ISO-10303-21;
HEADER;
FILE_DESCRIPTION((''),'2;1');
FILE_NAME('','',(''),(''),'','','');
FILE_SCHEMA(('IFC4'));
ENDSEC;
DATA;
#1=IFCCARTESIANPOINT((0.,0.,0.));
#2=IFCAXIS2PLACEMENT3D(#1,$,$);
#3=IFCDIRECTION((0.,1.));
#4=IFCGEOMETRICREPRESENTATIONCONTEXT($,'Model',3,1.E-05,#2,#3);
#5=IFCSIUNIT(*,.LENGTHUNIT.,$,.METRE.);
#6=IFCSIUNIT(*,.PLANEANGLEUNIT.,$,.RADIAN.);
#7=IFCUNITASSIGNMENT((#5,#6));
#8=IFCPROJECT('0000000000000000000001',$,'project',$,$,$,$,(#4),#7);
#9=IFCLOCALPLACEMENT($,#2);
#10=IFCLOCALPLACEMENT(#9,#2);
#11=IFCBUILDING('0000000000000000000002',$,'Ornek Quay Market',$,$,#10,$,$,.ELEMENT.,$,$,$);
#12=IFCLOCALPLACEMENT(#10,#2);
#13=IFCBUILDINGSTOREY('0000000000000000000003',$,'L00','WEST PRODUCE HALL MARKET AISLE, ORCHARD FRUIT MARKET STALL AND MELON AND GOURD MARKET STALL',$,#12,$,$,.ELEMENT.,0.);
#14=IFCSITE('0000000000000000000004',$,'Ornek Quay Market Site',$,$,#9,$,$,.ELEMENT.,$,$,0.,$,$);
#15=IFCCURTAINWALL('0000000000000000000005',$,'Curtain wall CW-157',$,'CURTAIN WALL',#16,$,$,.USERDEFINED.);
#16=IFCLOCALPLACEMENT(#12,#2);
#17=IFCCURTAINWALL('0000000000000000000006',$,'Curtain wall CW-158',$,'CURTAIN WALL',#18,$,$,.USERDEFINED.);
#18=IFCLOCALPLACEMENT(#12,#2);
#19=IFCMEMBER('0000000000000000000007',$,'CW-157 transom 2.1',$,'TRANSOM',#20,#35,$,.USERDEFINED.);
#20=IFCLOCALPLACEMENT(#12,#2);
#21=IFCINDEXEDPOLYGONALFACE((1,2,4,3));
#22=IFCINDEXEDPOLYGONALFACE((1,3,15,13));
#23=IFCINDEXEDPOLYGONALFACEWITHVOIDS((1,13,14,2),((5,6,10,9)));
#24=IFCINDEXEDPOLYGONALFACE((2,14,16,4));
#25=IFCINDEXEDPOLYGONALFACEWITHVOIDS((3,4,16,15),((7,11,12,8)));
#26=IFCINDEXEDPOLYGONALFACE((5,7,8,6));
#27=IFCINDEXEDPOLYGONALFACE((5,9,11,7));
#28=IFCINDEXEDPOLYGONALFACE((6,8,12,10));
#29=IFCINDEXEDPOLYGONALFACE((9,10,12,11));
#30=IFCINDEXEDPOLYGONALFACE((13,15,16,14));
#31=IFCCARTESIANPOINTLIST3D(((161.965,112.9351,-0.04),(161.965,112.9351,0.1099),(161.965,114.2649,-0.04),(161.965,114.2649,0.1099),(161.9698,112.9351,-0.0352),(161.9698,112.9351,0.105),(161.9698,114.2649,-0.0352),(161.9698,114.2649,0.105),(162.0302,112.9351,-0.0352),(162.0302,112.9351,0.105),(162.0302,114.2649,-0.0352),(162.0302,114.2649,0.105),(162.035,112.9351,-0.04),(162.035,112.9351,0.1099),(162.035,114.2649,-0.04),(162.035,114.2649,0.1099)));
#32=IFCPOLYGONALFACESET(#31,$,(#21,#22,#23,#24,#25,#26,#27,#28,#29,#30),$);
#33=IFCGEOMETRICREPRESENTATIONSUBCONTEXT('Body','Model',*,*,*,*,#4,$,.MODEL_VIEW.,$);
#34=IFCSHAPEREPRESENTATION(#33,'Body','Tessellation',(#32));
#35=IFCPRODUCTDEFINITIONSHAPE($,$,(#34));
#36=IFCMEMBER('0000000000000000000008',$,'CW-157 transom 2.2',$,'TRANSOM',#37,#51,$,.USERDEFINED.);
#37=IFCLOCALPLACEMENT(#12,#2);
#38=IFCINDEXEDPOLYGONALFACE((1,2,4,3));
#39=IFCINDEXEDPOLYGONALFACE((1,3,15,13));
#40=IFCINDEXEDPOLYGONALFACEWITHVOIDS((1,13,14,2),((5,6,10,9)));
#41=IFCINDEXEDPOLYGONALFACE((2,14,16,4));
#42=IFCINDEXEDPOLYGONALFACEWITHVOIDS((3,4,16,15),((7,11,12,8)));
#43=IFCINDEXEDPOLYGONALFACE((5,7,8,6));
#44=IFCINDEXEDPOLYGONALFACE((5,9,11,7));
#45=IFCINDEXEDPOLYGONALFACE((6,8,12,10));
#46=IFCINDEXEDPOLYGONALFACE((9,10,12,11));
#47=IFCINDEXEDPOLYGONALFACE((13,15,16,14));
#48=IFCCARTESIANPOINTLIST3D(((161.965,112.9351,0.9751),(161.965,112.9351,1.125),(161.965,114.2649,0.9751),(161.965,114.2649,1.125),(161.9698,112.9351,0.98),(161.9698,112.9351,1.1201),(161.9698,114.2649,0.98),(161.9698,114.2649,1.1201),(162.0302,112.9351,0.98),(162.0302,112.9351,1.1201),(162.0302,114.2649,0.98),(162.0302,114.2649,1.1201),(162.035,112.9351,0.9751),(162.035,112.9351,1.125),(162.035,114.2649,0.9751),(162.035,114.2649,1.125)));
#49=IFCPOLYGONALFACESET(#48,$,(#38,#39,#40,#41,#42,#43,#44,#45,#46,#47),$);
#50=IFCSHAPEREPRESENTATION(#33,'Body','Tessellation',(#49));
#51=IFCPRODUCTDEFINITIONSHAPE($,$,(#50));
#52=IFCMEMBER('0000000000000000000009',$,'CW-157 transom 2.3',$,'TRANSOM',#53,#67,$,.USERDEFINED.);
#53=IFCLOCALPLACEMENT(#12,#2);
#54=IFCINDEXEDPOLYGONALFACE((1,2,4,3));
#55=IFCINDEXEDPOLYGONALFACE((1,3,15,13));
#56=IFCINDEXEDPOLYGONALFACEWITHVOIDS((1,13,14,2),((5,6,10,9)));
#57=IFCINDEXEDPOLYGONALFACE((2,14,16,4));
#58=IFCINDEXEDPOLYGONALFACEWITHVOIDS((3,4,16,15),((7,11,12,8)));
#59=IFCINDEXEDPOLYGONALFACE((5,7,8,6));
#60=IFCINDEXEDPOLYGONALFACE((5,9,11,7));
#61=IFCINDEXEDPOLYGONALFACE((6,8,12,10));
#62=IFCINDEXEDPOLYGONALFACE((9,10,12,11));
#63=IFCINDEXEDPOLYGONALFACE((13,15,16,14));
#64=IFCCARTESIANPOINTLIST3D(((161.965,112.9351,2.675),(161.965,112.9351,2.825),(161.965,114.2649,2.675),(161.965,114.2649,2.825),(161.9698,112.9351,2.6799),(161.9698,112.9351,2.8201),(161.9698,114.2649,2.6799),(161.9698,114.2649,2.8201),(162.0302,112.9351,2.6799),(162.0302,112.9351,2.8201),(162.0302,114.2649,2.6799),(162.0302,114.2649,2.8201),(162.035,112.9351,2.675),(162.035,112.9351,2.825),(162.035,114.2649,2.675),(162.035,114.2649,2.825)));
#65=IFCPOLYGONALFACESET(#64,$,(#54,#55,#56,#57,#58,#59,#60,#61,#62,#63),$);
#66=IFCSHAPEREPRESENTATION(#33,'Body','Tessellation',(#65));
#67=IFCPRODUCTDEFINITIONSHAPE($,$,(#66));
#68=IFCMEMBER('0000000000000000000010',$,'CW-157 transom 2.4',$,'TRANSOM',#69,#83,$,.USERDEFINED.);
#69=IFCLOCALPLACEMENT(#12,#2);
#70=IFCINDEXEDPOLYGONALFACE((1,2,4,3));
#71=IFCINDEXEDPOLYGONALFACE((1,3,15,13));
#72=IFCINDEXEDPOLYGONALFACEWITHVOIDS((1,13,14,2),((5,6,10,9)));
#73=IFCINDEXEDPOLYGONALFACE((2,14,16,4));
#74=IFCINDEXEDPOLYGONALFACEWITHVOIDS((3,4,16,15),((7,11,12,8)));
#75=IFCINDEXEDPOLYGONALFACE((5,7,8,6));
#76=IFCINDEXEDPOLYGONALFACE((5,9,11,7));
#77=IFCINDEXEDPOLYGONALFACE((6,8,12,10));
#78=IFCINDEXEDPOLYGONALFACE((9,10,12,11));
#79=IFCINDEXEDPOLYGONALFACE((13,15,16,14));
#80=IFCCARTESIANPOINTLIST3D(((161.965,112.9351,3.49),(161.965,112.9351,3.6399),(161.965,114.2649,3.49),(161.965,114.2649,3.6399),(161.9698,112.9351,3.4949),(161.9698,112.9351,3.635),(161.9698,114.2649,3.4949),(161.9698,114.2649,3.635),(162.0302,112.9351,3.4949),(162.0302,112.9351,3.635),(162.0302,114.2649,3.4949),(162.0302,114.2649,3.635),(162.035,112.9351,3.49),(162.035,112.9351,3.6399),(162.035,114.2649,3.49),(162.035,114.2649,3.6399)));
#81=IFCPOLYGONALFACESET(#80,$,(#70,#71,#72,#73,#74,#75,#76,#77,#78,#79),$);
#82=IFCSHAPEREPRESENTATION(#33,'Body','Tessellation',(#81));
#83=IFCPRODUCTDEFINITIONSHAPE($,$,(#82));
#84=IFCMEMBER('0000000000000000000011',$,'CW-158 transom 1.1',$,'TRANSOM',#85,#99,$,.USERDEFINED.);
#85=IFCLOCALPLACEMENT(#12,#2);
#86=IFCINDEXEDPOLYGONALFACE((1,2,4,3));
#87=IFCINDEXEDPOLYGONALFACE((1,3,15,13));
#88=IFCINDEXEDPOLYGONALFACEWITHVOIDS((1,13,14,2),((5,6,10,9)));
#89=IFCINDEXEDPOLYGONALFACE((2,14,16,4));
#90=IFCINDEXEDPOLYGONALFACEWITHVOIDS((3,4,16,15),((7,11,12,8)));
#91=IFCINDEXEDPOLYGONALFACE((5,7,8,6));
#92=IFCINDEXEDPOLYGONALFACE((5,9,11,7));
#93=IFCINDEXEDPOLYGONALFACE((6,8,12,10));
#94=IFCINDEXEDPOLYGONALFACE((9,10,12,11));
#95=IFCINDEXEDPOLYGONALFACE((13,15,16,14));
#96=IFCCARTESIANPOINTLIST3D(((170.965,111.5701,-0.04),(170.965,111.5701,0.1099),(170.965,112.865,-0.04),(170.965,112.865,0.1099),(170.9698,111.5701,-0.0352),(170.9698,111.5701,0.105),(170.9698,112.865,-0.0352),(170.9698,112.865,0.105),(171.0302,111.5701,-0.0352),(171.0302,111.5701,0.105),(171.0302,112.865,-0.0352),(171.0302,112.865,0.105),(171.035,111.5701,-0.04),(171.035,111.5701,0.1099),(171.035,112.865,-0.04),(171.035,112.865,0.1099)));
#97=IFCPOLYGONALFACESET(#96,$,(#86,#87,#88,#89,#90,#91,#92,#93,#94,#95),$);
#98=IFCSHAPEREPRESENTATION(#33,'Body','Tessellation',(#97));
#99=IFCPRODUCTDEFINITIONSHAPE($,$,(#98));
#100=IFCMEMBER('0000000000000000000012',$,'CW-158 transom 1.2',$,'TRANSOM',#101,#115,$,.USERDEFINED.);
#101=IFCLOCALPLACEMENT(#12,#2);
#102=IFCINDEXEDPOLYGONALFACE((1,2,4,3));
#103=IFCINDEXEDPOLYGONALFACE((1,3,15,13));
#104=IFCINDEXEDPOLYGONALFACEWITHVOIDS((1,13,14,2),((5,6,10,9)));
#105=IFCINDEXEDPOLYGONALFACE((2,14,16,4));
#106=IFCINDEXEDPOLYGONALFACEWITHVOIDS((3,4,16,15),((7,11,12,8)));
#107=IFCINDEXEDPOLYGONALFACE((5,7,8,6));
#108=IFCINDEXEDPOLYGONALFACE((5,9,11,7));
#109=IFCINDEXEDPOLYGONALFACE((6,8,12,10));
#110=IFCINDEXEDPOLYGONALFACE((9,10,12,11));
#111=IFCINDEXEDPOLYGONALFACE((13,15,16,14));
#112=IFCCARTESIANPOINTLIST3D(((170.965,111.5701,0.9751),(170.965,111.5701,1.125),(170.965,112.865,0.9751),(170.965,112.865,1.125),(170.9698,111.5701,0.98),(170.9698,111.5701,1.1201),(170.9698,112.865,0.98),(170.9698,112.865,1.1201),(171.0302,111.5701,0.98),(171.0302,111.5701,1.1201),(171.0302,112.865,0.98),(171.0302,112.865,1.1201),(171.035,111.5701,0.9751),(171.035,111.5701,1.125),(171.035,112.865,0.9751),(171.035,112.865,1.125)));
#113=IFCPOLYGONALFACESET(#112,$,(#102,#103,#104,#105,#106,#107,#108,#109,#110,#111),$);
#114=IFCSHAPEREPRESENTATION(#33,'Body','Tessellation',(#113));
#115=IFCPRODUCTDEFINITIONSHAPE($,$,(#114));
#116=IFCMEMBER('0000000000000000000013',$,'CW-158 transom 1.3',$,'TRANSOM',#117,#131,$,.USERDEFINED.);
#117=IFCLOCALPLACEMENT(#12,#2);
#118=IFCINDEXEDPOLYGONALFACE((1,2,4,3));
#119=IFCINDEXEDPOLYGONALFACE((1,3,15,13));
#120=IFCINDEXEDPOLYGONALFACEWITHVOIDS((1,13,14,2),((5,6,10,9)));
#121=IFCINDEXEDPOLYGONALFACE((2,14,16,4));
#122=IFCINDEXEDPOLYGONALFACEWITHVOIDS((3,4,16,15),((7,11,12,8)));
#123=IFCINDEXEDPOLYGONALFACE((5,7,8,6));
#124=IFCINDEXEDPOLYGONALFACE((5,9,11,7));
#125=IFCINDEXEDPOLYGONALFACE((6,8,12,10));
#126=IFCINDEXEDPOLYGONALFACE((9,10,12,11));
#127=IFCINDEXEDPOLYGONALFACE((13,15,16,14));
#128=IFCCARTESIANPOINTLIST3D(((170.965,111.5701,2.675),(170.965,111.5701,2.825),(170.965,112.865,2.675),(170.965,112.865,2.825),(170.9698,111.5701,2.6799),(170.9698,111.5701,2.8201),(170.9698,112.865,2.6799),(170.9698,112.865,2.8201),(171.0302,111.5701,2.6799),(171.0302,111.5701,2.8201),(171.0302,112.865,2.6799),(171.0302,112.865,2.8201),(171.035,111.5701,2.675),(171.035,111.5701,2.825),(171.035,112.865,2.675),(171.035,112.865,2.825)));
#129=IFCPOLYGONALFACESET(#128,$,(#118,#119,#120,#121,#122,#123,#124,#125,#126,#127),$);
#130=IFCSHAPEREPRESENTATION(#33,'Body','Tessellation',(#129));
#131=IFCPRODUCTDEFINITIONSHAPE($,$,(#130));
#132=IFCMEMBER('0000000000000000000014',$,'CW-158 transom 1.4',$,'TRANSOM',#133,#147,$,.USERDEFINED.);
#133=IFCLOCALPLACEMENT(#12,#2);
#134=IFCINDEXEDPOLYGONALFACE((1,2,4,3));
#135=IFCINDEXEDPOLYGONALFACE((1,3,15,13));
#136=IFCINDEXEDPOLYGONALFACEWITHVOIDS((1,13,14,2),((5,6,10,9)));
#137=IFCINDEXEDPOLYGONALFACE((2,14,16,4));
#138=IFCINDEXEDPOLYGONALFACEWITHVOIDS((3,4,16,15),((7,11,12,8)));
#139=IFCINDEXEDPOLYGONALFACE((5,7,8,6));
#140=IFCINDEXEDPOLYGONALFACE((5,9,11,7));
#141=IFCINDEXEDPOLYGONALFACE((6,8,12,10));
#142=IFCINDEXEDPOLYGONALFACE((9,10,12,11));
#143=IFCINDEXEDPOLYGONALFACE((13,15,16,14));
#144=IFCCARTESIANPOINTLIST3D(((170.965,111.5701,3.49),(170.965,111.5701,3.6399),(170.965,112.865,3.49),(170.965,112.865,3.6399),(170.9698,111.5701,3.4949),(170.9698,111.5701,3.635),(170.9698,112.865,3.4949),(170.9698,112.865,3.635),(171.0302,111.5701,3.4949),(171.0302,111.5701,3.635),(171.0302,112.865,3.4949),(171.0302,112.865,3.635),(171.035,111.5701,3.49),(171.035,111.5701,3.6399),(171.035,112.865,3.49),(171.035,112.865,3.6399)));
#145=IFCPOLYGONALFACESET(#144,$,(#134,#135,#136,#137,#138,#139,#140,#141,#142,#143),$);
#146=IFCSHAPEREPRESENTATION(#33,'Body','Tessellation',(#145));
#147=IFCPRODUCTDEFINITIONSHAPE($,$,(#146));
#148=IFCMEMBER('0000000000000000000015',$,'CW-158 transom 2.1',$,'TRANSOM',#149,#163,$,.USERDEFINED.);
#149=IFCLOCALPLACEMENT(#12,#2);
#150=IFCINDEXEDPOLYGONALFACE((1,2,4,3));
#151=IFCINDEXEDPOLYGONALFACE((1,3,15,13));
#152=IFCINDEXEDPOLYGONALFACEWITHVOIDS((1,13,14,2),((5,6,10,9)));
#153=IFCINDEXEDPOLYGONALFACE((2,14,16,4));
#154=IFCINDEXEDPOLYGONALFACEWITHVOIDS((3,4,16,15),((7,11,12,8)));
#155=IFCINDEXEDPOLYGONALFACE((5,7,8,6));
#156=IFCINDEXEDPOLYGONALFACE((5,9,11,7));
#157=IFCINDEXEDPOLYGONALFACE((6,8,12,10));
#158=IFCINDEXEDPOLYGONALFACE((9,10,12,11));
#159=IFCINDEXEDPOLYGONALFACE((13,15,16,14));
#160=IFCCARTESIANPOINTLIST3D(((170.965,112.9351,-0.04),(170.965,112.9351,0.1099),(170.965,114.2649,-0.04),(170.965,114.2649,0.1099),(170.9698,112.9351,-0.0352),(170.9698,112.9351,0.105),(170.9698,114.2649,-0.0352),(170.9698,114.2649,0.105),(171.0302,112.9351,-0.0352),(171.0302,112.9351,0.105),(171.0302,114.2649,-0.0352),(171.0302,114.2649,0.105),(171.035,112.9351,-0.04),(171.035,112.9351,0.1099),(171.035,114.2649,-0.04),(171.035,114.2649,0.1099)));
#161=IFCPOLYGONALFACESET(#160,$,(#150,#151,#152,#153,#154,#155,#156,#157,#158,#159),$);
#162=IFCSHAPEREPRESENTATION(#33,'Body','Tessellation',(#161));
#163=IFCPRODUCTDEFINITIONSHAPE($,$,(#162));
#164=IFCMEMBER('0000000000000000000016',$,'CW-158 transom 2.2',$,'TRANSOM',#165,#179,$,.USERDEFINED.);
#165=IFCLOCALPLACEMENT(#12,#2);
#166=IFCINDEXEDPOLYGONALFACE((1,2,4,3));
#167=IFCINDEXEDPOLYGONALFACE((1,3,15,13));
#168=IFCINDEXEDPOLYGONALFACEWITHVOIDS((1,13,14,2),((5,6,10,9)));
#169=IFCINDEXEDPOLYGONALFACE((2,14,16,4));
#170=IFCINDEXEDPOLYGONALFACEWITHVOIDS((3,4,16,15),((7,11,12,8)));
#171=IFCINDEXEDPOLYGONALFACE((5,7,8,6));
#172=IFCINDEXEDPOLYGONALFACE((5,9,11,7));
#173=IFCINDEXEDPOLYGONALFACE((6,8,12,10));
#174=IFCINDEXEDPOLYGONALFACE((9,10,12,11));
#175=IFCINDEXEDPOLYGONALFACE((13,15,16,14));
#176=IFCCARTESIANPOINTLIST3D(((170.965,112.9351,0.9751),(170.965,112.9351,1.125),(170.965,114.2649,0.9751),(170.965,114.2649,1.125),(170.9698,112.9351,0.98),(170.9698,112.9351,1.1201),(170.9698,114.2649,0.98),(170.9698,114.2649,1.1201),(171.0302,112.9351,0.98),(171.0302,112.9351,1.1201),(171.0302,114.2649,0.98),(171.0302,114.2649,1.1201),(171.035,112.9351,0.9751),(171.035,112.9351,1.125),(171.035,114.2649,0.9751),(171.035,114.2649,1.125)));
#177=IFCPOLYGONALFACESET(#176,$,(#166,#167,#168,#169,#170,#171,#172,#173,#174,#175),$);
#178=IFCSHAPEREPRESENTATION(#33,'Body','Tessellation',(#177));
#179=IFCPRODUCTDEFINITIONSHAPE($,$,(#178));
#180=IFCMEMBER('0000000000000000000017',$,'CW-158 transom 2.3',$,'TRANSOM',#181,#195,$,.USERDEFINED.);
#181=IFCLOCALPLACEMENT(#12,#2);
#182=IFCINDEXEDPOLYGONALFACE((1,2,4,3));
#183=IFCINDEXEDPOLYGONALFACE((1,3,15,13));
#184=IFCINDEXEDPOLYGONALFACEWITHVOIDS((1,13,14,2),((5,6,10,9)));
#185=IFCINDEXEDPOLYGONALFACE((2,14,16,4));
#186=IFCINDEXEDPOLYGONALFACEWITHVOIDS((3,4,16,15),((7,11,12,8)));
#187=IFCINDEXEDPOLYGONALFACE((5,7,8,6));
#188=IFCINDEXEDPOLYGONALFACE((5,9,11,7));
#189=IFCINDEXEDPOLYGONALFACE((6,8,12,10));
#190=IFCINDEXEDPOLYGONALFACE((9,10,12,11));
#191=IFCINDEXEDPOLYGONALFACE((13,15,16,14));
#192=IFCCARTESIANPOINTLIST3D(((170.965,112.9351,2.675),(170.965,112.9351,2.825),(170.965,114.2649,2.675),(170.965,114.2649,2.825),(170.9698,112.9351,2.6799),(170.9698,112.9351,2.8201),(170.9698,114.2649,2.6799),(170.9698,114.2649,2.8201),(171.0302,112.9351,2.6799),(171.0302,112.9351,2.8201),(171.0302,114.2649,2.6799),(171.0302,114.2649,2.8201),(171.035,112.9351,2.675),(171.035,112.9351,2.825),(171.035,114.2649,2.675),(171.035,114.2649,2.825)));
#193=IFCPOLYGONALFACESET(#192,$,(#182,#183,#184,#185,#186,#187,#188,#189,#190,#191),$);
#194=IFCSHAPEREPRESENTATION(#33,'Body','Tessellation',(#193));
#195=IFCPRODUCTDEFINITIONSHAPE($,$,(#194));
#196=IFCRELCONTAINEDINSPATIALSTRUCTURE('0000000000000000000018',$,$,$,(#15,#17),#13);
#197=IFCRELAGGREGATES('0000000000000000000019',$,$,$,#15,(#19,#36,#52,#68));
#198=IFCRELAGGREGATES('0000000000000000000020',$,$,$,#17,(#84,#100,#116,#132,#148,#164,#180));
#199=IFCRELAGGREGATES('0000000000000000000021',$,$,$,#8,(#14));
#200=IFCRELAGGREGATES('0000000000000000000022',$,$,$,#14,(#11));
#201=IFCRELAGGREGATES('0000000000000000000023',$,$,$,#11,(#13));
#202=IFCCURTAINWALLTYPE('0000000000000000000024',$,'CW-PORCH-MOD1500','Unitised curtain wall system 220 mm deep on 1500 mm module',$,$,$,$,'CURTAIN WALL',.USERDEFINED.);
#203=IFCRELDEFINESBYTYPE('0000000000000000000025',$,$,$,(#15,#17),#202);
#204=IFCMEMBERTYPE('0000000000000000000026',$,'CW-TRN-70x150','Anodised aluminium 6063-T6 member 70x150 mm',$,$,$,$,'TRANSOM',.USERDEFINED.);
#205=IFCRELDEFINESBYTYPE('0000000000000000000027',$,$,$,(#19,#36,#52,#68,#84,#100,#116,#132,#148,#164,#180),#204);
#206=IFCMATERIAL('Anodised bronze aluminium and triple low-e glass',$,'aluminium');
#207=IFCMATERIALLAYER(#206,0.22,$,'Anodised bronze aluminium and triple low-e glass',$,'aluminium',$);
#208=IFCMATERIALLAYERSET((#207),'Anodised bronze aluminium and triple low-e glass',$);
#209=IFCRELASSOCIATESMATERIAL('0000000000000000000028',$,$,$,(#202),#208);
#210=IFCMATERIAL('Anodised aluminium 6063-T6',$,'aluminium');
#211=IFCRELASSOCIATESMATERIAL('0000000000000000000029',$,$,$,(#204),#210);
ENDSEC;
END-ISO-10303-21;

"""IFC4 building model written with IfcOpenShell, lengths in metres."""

from ifc_helpers import new_model, si_unit, direction, frame, origin, origin_2d, place, context, subcontext, project, spatial, hollow_rectangle, extrude, material, layer, layer_set, material_profile, profile_set, type_object, element, aggregate, save


model = new_model("IFC4")

# Units and contexts
model_context = context("Model", 3, precision=1e-05, world=origin(), true_north=direction((0.0, 1.0)))
body_context = subcontext(model_context, "Body", "Model", "MODEL_VIEW")
ifc_project = project(units=[si_unit("LENGTHUNIT", "METRE"), si_unit("PLANEANGLEUNIT", "RADIAN")], contexts=[model_context])

# Site, building, storey
site_placement = place(None, origin())
site = spatial("IfcSite", under=ifc_project, at=site_placement, Name="Ornek Quay Market Site", CompositionType="ELEMENT", RefElevation=0.0)
building_placement = place(site_placement, origin())
building = spatial("IfcBuilding", under=site, at=building_placement, Name="Ornek Quay Market", CompositionType="ELEMENT")
storey_placement = place(building_placement, origin())
storey = spatial("IfcBuildingStorey", under=building, at=storey_placement, Name="L00", Description="WEST PRODUCE HALL MARKET AISLE, ORCHARD FRUIT MARKET STALL AND MELON AND GOURD MARKET STALL", CompositionType="ELEMENT", Elevation=0.0)

# Curtain walls
ifc_material_1 = material(Name="Anodised bronze aluminium and triple low-e glass", Category="aluminium")
ifc_layer_1 = layer(ifc_material_1, 0.22, Name="Anodised bronze aluminium and triple low-e glass", Category="aluminium")
ifc_layer_set_1 = layer_set([ifc_layer_1], Name="Anodised bronze aluminium and triple low-e glass")
curtain_wall_type = type_object("IfcCurtainWallType", Name="CW-PORCH-MOD1500", Description="Unitised curtain wall system 220 mm deep on 1500 mm module", ElementType="CURTAIN WALL", PredefinedType="USERDEFINED", material=ifc_layer_set_1)
curtain_wall_1_placement = place(storey_placement, origin())
curtain_wall_1 = element("IfcCurtainWall", 1, at=curtain_wall_1_placement, inside=storey, type_object=curtain_wall_type, Name="Curtain wall CW-157", ObjectType="CURTAIN WALL", PredefinedType="USERDEFINED")
ifc_material_2 = material(Name="Anodised aluminium 6063-T6", Category="aluminium")
curtain_wall_2_placement = place(storey_placement, origin())
curtain_wall_2 = element("IfcCurtainWall", 2, at=curtain_wall_2_placement, inside=storey, type_object=curtain_wall_type, Name="Curtain wall CW-158", ObjectType="CURTAIN WALL", PredefinedType="USERDEFINED")

# Members
ifc_material_profile_1 = material_profile(ifc_material_2, hollow_rectangle(XDim=0.0701, YDim=0.1499, WallThickness=0.0049, at=origin_2d()), Name="CW-TRN-70x150", Category="aluminium")
ifc_profile_set_1 = profile_set([ifc_material_profile_1], Name="Anodised aluminium 6063-T6")
member_type_1 = type_object("IfcMemberType", Name="CW-TRN-70x150", Description="Anodised aluminium 6063-T6 member 70x150 mm", ElementType="TRANSOM", PredefinedType="USERDEFINED", material=ifc_profile_set_1)
member_1_placement = place(storey_placement, frame((162.0, 112.9351, 0.0349), z_axis=(0.0, 1.0, 0.0), x_axis=(-1.0, 0.0, 0.0)))
member_1 = element("IfcMember", 3, at=member_1_placement, type_object=member_type_1, Name="CW-157 transom 2.1", ObjectType="TRANSOM", PredefinedType="USERDEFINED", context=body_context, shape_type="SweptSolid", body=[
    extrude(hollow_rectangle(XDim=0.0701, YDim=0.1499, WallThickness=0.0049, at=origin_2d()), origin(), (0.0, 0.0, 1.0), 1.3298),
])
member_2_placement = place(storey_placement, frame((162.0, 112.9351, 1.05), z_axis=(0.0, 1.0, 0.0), x_axis=(-1.0, 0.0, 0.0)))
member_2 = element("IfcMember", 4, at=member_2_placement, type_object=member_type_1, Name="CW-157 transom 2.2", ObjectType="TRANSOM", PredefinedType="USERDEFINED", context=body_context, shape_type="SweptSolid", body=[
    extrude(hollow_rectangle(XDim=0.0701, YDim=0.1499, WallThickness=0.0049, at=origin_2d()), origin(), (0.0, 0.0, 1.0), 1.3298),
])
member_3_placement = place(storey_placement, frame((162.0, 112.9351, 2.75), z_axis=(0.0, 1.0, 0.0), x_axis=(-1.0, 0.0, 0.0)))
member_3 = element("IfcMember", 5, at=member_3_placement, type_object=member_type_1, Name="CW-157 transom 2.3", ObjectType="TRANSOM", PredefinedType="USERDEFINED", context=body_context, shape_type="SweptSolid", body=[
    extrude(hollow_rectangle(XDim=0.0701, YDim=0.1499, WallThickness=0.0049, at=origin_2d()), origin(), (0.0, 0.0, 1.0), 1.3298),
])
member_4_placement = place(storey_placement, frame((162.0, 112.9351, 3.5649), z_axis=(0.0, 1.0, 0.0), x_axis=(-1.0, 0.0, 0.0)))
member_4 = element("IfcMember", 6, at=member_4_placement, type_object=member_type_1, Name="CW-157 transom 2.4", ObjectType="TRANSOM", PredefinedType="USERDEFINED", context=body_context, shape_type="SweptSolid", body=[
    extrude(hollow_rectangle(XDim=0.0701, YDim=0.1499, WallThickness=0.0049, at=origin_2d()), origin(), (0.0, 0.0, 1.0), 1.3298),
])
member_5_placement = place(storey_placement, frame((171.0, 111.5701, 0.0349), z_axis=(0.0, 1.0, 0.0), x_axis=(-1.0, 0.0, 0.0)))
member_5 = element("IfcMember", 7, at=member_5_placement, type_object=member_type_1, Name="CW-158 transom 1.1", ObjectType="TRANSOM", PredefinedType="USERDEFINED", context=body_context, shape_type="SweptSolid", body=[
    extrude(hollow_rectangle(XDim=0.0701, YDim=0.1499, WallThickness=0.0049, at=origin_2d()), origin(), (0.0, 0.0, 1.0), 1.2949),
])
member_6_placement = place(storey_placement, frame((171.0, 111.5701, 1.05), z_axis=(0.0, 1.0, 0.0), x_axis=(-1.0, 0.0, 0.0)))
member_6 = element("IfcMember", 8, at=member_6_placement, type_object=member_type_1, Name="CW-158 transom 1.2", ObjectType="TRANSOM", PredefinedType="USERDEFINED", context=body_context, shape_type="SweptSolid", body=[
    extrude(hollow_rectangle(XDim=0.0701, YDim=0.1499, WallThickness=0.0049, at=origin_2d()), origin(), (0.0, 0.0, 1.0), 1.2949),
])
member_7_placement = place(storey_placement, frame((171.0, 111.5701, 2.75), z_axis=(0.0, 1.0, 0.0), x_axis=(-1.0, 0.0, 0.0)))
member_7 = element("IfcMember", 9, at=member_7_placement, type_object=member_type_1, Name="CW-158 transom 1.3", ObjectType="TRANSOM", PredefinedType="USERDEFINED", context=body_context, shape_type="SweptSolid", body=[
    extrude(hollow_rectangle(XDim=0.0701, YDim=0.1499, WallThickness=0.0049, at=origin_2d()), origin(), (0.0, 0.0, 1.0), 1.2949),
])
member_8_placement = place(storey_placement, frame((171.0, 111.5701, 3.5649), z_axis=(0.0, 1.0, 0.0), x_axis=(-1.0, 0.0, 0.0)))
member_8 = element("IfcMember", 10, at=member_8_placement, type_object=member_type_1, Name="CW-158 transom 1.4", ObjectType="TRANSOM", PredefinedType="USERDEFINED", context=body_context, shape_type="SweptSolid", body=[
    extrude(hollow_rectangle(XDim=0.0701, YDim=0.1499, WallThickness=0.0049, at=origin_2d()), origin(), (0.0, 0.0, 1.0), 1.2949),
])
member_9_placement = place(storey_placement, frame((171.0, 112.9351, 0.0349), z_axis=(0.0, 1.0, 0.0), x_axis=(-1.0, 0.0, 0.0)))
member_9 = element("IfcMember", 11, at=member_9_placement, type_object=member_type_1, Name="CW-158 transom 2.1", ObjectType="TRANSOM", PredefinedType="USERDEFINED", context=body_context, shape_type="SweptSolid", body=[
    extrude(hollow_rectangle(XDim=0.0701, YDim=0.1499, WallThickness=0.0049, at=origin_2d()), origin(), (0.0, 0.0, 1.0), 1.3298),
])
member_10_placement = place(storey_placement, frame((171.0, 112.9351, 1.05), z_axis=(0.0, 1.0, 0.0), x_axis=(-1.0, 0.0, 0.0)))
member_10 = element("IfcMember", 12, at=member_10_placement, type_object=member_type_1, Name="CW-158 transom 2.2", ObjectType="TRANSOM", PredefinedType="USERDEFINED", context=body_context, shape_type="SweptSolid", body=[
    extrude(hollow_rectangle(XDim=0.0701, YDim=0.1499, WallThickness=0.0049, at=origin_2d()), origin(), (0.0, 0.0, 1.0), 1.3298),
])
member_11_placement = place(storey_placement, frame((171.0, 112.9351, 2.75), z_axis=(0.0, 1.0, 0.0), x_axis=(-1.0, 0.0, 0.0)))
member_11 = element("IfcMember", 13, at=member_11_placement, type_object=member_type_1, Name="CW-158 transom 2.3", ObjectType="TRANSOM", PredefinedType="USERDEFINED", context=body_context, shape_type="SweptSolid", body=[
    extrude(hollow_rectangle(XDim=0.0701, YDim=0.1499, WallThickness=0.0049, at=origin_2d()), origin(), (0.0, 0.0, 1.0), 1.3298),
])

aggregate(curtain_wall_1, [member_1, member_2, member_3, member_4])
aggregate(curtain_wall_2, [member_5, member_6, member_7, member_8, member_9, member_10, member_11])

save(model, "model.ifc")
